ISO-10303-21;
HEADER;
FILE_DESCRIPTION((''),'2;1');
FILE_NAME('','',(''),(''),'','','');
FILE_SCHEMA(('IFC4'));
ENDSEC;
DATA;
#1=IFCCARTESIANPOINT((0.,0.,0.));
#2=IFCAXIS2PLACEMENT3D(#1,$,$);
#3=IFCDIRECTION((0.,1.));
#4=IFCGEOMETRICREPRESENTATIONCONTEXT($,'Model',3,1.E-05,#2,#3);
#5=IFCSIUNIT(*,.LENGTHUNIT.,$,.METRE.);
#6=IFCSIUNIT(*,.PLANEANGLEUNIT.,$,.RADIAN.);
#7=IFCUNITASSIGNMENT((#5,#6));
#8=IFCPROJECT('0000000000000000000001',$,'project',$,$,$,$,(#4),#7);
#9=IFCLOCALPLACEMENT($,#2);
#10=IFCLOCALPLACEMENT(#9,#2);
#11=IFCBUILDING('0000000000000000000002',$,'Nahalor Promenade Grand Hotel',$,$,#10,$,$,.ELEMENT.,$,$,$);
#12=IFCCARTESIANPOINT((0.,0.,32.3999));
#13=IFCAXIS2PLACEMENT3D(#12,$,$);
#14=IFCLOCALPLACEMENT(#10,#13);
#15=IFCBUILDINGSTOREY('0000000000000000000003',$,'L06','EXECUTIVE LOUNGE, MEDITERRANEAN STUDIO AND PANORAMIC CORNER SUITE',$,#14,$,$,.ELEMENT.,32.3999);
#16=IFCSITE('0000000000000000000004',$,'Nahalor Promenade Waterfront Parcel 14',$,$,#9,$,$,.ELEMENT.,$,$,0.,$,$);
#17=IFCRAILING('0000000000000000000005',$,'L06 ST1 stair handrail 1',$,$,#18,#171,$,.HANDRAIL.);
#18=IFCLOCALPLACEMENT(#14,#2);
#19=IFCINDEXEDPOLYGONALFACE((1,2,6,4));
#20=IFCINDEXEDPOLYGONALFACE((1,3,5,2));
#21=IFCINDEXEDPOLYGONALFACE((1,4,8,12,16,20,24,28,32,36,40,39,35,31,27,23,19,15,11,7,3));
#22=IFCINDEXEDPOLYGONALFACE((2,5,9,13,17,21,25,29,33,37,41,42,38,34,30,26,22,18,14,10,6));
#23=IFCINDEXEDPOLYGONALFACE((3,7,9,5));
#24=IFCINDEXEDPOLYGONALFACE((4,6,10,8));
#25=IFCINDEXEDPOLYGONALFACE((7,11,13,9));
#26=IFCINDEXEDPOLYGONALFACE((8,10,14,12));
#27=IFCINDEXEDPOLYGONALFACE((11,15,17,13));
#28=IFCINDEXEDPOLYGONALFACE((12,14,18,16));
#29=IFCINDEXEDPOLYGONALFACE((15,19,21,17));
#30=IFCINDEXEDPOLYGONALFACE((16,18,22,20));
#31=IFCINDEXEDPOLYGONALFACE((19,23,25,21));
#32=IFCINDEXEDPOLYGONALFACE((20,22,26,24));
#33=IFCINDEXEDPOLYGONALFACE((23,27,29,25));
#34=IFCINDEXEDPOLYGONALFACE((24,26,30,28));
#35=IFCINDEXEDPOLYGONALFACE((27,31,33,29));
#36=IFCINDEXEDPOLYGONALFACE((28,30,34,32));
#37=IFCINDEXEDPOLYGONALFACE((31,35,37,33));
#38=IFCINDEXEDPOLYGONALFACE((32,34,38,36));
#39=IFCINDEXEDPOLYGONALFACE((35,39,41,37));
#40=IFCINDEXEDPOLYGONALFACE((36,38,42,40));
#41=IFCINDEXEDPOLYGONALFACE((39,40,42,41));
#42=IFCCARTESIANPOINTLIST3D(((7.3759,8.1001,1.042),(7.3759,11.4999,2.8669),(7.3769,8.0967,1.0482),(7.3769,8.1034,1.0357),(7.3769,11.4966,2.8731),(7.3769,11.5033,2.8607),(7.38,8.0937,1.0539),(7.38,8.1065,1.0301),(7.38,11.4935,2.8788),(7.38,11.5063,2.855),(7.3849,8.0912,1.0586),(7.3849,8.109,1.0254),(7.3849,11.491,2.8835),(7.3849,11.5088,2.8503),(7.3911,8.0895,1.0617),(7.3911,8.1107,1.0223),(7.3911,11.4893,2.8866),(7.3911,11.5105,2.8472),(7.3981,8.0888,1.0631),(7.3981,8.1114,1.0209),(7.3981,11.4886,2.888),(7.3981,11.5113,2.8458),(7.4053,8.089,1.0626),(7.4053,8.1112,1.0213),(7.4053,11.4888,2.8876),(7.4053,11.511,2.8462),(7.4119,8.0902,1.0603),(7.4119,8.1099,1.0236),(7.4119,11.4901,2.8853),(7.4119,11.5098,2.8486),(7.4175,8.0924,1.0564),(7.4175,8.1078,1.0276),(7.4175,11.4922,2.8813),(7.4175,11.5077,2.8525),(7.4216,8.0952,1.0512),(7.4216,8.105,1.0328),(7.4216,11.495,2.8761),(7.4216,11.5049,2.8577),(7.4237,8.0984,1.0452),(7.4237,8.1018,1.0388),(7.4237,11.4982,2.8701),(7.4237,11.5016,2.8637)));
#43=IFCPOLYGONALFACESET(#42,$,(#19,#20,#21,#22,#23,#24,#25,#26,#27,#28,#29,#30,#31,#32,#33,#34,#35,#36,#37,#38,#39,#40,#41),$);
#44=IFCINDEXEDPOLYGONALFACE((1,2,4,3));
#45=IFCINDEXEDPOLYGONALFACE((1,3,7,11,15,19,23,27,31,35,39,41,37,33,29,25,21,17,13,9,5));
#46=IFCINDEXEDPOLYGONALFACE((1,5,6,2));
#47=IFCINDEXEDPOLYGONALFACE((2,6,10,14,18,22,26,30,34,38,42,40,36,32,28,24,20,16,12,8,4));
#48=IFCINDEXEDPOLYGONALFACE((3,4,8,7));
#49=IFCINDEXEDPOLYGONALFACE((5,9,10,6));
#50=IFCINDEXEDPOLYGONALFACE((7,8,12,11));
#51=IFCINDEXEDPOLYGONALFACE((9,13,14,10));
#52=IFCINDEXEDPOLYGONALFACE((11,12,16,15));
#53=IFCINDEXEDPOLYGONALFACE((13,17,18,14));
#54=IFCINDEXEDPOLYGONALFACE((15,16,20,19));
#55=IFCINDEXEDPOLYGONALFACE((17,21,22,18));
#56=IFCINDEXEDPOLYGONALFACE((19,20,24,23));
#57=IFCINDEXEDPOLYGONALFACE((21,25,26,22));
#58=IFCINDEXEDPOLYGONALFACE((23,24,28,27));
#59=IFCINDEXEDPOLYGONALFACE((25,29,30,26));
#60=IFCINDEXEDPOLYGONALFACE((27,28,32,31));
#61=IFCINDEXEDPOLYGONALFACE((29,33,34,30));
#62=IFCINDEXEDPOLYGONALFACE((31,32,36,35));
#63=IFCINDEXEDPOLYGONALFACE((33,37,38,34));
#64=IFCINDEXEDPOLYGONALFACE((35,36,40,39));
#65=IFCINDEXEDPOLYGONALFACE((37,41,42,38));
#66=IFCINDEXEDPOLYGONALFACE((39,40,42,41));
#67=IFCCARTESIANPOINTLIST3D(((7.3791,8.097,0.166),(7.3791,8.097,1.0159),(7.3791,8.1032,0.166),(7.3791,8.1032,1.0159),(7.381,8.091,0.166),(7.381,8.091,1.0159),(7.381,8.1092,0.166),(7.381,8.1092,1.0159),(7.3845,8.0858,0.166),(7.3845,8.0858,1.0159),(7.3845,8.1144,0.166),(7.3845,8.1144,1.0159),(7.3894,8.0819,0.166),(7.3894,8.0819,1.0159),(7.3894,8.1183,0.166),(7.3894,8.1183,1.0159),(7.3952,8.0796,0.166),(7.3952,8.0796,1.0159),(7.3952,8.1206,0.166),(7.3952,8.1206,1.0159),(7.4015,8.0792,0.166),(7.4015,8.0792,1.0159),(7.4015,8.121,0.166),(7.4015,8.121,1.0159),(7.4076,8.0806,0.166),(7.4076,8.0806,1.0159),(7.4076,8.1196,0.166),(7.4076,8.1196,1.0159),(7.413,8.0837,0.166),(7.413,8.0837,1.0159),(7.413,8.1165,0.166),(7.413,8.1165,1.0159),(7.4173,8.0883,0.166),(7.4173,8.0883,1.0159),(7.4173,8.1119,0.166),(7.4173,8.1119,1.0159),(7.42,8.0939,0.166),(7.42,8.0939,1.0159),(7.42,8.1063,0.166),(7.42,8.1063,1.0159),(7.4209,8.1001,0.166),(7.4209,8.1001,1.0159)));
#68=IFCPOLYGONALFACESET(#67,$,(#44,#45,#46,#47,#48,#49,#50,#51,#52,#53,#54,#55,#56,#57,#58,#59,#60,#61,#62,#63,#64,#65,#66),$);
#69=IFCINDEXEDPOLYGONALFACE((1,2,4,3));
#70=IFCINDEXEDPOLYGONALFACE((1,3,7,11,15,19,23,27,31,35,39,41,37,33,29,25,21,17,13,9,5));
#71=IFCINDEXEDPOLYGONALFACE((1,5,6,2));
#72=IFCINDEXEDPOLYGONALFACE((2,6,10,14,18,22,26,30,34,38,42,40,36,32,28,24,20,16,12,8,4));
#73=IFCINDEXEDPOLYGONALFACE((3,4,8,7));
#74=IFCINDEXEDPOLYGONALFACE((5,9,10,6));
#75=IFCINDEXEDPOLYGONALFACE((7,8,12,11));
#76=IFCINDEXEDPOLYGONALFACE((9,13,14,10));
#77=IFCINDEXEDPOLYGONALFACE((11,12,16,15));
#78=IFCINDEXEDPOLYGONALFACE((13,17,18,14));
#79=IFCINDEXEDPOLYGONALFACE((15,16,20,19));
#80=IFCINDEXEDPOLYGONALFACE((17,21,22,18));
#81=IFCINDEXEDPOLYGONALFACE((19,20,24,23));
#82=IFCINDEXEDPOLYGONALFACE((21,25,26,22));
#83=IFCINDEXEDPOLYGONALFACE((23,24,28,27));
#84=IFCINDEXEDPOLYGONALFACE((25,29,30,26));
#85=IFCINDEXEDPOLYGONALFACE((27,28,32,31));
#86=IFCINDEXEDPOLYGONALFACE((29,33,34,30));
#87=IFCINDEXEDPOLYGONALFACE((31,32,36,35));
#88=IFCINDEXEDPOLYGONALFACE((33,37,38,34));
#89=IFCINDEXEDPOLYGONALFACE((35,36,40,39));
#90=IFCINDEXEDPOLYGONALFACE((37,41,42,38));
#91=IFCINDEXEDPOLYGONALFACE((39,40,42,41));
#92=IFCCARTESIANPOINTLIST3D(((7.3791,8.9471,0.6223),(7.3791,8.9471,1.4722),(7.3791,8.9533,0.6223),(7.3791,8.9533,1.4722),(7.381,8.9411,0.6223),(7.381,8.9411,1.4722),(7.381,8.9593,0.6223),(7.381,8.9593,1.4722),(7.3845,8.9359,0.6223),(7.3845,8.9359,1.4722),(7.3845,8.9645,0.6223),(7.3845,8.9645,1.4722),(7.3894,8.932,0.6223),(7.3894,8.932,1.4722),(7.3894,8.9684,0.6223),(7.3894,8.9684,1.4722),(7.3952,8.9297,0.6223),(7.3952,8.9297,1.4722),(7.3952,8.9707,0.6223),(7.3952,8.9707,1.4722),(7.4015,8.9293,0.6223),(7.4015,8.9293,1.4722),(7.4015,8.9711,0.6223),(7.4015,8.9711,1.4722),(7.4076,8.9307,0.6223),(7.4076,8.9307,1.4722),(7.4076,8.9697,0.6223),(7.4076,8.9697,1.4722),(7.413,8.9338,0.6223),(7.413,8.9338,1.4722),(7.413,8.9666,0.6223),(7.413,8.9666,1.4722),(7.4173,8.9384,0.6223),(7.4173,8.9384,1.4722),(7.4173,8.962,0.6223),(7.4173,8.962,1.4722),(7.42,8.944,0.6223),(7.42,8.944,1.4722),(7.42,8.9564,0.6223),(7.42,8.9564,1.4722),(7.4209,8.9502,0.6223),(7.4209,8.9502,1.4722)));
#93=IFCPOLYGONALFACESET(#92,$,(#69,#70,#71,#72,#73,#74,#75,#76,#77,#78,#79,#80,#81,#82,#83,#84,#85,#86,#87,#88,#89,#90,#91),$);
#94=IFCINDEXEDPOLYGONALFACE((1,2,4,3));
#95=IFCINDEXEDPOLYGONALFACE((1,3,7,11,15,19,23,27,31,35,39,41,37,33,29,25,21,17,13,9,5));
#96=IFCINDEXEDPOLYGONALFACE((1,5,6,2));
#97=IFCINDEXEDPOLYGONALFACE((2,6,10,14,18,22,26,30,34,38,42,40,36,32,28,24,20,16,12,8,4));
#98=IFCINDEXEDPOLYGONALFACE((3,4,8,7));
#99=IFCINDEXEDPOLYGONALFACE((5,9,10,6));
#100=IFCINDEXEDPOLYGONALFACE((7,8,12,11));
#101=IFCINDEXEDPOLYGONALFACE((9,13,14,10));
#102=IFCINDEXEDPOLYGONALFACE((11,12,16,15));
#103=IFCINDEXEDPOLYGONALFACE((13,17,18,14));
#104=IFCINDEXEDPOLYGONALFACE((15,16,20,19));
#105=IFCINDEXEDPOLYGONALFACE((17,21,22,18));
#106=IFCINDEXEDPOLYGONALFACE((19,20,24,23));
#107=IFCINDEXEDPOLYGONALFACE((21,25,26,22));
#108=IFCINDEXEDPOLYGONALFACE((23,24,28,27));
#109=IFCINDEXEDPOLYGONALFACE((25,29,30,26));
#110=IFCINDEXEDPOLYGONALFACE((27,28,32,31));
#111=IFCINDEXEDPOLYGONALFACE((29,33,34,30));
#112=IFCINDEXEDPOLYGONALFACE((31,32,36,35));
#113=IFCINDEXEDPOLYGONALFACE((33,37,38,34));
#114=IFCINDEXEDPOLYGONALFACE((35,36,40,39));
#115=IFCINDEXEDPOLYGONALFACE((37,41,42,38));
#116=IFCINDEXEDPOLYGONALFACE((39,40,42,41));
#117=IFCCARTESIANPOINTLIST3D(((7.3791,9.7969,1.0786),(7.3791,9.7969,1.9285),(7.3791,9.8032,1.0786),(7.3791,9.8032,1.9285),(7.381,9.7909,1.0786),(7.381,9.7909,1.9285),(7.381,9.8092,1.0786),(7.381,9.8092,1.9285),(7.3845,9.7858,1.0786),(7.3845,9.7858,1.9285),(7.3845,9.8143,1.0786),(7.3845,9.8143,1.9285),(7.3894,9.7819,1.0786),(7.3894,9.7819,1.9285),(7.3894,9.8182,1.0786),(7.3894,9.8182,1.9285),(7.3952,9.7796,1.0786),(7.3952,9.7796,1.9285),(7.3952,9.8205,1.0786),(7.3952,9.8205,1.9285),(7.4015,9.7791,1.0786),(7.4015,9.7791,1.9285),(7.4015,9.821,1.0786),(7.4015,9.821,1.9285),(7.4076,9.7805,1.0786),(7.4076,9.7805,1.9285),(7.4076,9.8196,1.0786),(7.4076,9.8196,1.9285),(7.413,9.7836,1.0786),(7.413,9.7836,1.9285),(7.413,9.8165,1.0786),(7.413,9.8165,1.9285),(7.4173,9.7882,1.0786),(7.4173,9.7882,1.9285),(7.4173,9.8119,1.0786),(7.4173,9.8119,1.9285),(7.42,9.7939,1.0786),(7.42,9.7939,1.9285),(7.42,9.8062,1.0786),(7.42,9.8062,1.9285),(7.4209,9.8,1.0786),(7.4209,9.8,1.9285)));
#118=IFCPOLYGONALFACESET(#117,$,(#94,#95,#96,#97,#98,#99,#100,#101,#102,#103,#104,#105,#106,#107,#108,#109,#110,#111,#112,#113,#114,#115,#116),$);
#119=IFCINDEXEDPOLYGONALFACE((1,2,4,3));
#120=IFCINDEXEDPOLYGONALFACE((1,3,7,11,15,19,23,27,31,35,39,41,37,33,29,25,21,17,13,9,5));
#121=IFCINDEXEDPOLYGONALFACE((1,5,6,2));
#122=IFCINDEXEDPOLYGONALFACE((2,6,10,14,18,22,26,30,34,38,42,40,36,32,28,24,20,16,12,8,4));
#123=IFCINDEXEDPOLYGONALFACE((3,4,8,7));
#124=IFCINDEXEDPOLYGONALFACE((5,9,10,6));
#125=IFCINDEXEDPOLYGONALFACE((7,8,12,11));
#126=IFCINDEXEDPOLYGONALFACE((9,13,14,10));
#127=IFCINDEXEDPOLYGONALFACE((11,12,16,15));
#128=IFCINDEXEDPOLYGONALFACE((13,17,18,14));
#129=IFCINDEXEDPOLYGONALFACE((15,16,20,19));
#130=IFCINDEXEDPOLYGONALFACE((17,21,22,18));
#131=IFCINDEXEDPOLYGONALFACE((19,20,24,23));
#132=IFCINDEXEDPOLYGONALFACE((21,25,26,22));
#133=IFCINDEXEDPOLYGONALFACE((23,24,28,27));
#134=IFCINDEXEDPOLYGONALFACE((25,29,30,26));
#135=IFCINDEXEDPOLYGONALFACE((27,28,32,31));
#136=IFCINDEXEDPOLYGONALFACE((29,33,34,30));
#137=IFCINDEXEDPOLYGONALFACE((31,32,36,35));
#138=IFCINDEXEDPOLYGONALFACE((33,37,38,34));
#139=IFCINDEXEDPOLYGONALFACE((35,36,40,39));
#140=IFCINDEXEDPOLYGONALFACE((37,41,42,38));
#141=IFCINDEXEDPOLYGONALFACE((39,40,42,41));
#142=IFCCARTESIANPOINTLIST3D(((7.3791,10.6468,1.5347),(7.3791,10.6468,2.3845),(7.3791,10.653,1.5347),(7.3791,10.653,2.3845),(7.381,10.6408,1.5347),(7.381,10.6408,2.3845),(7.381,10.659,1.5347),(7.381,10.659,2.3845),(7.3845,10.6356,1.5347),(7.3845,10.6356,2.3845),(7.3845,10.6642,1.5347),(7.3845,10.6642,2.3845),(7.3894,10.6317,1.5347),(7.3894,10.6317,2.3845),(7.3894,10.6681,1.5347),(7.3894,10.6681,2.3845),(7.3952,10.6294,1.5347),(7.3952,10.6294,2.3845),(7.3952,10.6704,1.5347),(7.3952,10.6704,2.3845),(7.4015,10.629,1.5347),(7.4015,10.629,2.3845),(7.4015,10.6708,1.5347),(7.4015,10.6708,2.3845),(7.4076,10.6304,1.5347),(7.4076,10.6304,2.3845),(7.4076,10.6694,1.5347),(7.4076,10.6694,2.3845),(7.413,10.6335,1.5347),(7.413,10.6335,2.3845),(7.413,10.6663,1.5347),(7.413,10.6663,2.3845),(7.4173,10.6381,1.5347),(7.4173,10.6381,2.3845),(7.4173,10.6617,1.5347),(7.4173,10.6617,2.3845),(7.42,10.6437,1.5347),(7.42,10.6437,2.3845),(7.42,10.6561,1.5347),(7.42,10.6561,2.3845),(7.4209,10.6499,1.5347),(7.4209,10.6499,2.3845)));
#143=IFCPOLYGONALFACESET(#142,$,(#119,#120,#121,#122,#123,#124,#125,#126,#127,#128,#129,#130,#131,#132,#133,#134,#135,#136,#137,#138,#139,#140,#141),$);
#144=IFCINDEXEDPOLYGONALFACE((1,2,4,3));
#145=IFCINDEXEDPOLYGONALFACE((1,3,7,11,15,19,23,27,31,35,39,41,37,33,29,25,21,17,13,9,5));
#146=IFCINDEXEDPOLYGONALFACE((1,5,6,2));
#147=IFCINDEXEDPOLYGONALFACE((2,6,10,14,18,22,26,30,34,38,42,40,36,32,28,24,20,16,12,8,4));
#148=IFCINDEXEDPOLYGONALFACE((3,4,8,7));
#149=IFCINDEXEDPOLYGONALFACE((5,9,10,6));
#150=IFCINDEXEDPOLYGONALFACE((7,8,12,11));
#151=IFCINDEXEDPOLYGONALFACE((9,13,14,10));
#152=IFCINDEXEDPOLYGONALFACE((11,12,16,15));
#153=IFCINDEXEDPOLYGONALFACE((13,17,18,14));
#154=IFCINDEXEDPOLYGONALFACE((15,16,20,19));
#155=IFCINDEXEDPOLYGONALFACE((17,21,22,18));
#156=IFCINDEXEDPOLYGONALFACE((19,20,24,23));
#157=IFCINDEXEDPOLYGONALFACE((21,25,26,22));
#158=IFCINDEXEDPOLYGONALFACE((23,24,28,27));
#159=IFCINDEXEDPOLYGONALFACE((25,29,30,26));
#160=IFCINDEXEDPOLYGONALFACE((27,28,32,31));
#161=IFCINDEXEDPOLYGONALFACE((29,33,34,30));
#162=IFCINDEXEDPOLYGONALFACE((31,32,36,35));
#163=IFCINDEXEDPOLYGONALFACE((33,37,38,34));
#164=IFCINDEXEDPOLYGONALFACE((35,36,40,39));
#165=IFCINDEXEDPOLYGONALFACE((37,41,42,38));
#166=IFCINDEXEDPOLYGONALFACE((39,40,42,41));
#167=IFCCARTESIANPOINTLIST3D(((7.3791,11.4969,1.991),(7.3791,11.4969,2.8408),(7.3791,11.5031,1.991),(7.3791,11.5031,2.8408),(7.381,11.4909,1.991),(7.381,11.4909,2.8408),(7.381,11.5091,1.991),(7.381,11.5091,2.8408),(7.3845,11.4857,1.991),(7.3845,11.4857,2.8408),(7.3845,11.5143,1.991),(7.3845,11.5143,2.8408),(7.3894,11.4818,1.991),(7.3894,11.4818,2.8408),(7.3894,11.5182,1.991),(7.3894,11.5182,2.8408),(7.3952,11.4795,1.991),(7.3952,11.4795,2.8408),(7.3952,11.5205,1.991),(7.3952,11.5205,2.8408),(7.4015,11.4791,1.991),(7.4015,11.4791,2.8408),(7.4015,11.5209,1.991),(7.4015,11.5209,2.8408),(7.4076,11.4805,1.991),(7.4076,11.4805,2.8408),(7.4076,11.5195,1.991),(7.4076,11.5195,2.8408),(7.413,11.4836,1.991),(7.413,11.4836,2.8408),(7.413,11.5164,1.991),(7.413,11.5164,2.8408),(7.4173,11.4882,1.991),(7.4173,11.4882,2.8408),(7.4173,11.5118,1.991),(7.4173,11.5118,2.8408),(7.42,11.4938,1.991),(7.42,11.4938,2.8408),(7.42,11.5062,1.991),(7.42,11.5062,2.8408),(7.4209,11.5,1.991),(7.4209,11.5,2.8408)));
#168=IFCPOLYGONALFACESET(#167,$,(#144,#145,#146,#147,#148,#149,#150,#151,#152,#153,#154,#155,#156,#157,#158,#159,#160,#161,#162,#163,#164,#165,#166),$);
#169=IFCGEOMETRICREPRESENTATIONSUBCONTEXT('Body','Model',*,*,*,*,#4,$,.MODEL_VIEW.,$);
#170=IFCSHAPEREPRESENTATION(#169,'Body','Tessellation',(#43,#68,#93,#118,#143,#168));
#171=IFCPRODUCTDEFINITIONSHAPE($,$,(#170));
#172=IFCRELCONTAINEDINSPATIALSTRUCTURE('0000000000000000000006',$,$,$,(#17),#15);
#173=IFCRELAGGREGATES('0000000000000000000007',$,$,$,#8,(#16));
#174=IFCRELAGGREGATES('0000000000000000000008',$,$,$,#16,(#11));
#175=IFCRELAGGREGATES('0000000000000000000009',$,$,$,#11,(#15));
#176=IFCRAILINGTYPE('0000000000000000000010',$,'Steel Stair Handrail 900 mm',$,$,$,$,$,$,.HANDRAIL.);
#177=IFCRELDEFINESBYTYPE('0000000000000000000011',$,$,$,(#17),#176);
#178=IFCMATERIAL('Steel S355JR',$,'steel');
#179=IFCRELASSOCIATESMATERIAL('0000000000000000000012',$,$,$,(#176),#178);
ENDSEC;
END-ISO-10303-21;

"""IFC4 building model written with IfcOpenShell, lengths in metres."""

from ifc_helpers import new_model, si_unit, direction, frame, origin, origin_2d, place, context, subcontext, project, spatial, circle, extrude, material, type_object, element, save


model = new_model("IFC4")

# Units and contexts
model_context = context("Model", 3, precision=1e-05, world=origin(), true_north=direction((0.0, 1.0)))
body_context = subcontext(model_context, "Body", "Model", "MODEL_VIEW")
ifc_project = project(units=[si_unit("LENGTHUNIT", "METRE"), si_unit("PLANEANGLEUNIT", "RADIAN")], contexts=[model_context])

# Site, building, storey
site_placement = place(None, origin())
site = spatial("IfcSite", under=ifc_project, at=site_placement, Name="Nahalor Promenade Waterfront Parcel 14", CompositionType="ELEMENT", RefElevation=0.0)
building_placement = place(site_placement, origin())
building = spatial("IfcBuilding", under=site, at=building_placement, Name="Nahalor Promenade Grand Hotel", CompositionType="ELEMENT")
storey_placement = place(building_placement, frame((0.0, 0.0, 32.3999)))
storey = spatial("IfcBuildingStorey", under=building, at=storey_placement, Name="L06", Description="EXECUTIVE LOUNGE, MEDITERRANEAN STUDIO AND PANORAMIC CORNER SUITE", CompositionType="ELEMENT", Elevation=32.3999)

# Shared definitions
ifc_material_1 = material(Name="Steel S355JR", Category="steel")

# Railing
railing_type_1 = type_object("IfcRailingType", Name="Steel Stair Handrail 900 mm", PredefinedType="HANDRAIL", material=ifc_material_1)
railing_1_placement = place(storey_placement, frame((7.3999, 8.1001, 0.166)))
element("IfcRailing", 1, at=railing_1_placement, inside=storey, type_object=railing_type_1, Name="L06 ST1 stair handrail 1", PredefinedType="HANDRAIL", context=body_context, shape_type="SweptSolid", body=[
    extrude(circle(Radius=0.024, at=origin_2d()), frame((0.0, 0.0, 0.876), z_axis=(0.0, 0.881094, 0.472941), x_axis=(-1.0, 0.0, 0.0)), (0.0, 0.0, 1.0), 3.8586),
    extrude(circle(Radius=0.021, at=origin_2d()), origin(), (0.0, 0.0, 1.0), 0.8499),
    extrude(circle(Radius=0.021, at=origin_2d()), frame((0.0, 0.8501, 0.4563)), (0.0, 0.0, 1.0), 0.8499),
    extrude(circle(Radius=0.021, at=origin_2d()), frame((0.0, 1.7, 0.9126)), (0.0, 0.0, 1.0), 0.8499),
    extrude(circle(Radius=0.021, at=origin_2d()), frame((0.0, 2.5498, 1.3687)), (0.0, 0.0, 1.0), 0.8499),
    extrude(circle(Radius=0.021, at=origin_2d()), frame((0.0, 3.3999, 1.825)), (0.0, 0.0, 1.0), 0.8499),
])

save(model, "model.ifc")
